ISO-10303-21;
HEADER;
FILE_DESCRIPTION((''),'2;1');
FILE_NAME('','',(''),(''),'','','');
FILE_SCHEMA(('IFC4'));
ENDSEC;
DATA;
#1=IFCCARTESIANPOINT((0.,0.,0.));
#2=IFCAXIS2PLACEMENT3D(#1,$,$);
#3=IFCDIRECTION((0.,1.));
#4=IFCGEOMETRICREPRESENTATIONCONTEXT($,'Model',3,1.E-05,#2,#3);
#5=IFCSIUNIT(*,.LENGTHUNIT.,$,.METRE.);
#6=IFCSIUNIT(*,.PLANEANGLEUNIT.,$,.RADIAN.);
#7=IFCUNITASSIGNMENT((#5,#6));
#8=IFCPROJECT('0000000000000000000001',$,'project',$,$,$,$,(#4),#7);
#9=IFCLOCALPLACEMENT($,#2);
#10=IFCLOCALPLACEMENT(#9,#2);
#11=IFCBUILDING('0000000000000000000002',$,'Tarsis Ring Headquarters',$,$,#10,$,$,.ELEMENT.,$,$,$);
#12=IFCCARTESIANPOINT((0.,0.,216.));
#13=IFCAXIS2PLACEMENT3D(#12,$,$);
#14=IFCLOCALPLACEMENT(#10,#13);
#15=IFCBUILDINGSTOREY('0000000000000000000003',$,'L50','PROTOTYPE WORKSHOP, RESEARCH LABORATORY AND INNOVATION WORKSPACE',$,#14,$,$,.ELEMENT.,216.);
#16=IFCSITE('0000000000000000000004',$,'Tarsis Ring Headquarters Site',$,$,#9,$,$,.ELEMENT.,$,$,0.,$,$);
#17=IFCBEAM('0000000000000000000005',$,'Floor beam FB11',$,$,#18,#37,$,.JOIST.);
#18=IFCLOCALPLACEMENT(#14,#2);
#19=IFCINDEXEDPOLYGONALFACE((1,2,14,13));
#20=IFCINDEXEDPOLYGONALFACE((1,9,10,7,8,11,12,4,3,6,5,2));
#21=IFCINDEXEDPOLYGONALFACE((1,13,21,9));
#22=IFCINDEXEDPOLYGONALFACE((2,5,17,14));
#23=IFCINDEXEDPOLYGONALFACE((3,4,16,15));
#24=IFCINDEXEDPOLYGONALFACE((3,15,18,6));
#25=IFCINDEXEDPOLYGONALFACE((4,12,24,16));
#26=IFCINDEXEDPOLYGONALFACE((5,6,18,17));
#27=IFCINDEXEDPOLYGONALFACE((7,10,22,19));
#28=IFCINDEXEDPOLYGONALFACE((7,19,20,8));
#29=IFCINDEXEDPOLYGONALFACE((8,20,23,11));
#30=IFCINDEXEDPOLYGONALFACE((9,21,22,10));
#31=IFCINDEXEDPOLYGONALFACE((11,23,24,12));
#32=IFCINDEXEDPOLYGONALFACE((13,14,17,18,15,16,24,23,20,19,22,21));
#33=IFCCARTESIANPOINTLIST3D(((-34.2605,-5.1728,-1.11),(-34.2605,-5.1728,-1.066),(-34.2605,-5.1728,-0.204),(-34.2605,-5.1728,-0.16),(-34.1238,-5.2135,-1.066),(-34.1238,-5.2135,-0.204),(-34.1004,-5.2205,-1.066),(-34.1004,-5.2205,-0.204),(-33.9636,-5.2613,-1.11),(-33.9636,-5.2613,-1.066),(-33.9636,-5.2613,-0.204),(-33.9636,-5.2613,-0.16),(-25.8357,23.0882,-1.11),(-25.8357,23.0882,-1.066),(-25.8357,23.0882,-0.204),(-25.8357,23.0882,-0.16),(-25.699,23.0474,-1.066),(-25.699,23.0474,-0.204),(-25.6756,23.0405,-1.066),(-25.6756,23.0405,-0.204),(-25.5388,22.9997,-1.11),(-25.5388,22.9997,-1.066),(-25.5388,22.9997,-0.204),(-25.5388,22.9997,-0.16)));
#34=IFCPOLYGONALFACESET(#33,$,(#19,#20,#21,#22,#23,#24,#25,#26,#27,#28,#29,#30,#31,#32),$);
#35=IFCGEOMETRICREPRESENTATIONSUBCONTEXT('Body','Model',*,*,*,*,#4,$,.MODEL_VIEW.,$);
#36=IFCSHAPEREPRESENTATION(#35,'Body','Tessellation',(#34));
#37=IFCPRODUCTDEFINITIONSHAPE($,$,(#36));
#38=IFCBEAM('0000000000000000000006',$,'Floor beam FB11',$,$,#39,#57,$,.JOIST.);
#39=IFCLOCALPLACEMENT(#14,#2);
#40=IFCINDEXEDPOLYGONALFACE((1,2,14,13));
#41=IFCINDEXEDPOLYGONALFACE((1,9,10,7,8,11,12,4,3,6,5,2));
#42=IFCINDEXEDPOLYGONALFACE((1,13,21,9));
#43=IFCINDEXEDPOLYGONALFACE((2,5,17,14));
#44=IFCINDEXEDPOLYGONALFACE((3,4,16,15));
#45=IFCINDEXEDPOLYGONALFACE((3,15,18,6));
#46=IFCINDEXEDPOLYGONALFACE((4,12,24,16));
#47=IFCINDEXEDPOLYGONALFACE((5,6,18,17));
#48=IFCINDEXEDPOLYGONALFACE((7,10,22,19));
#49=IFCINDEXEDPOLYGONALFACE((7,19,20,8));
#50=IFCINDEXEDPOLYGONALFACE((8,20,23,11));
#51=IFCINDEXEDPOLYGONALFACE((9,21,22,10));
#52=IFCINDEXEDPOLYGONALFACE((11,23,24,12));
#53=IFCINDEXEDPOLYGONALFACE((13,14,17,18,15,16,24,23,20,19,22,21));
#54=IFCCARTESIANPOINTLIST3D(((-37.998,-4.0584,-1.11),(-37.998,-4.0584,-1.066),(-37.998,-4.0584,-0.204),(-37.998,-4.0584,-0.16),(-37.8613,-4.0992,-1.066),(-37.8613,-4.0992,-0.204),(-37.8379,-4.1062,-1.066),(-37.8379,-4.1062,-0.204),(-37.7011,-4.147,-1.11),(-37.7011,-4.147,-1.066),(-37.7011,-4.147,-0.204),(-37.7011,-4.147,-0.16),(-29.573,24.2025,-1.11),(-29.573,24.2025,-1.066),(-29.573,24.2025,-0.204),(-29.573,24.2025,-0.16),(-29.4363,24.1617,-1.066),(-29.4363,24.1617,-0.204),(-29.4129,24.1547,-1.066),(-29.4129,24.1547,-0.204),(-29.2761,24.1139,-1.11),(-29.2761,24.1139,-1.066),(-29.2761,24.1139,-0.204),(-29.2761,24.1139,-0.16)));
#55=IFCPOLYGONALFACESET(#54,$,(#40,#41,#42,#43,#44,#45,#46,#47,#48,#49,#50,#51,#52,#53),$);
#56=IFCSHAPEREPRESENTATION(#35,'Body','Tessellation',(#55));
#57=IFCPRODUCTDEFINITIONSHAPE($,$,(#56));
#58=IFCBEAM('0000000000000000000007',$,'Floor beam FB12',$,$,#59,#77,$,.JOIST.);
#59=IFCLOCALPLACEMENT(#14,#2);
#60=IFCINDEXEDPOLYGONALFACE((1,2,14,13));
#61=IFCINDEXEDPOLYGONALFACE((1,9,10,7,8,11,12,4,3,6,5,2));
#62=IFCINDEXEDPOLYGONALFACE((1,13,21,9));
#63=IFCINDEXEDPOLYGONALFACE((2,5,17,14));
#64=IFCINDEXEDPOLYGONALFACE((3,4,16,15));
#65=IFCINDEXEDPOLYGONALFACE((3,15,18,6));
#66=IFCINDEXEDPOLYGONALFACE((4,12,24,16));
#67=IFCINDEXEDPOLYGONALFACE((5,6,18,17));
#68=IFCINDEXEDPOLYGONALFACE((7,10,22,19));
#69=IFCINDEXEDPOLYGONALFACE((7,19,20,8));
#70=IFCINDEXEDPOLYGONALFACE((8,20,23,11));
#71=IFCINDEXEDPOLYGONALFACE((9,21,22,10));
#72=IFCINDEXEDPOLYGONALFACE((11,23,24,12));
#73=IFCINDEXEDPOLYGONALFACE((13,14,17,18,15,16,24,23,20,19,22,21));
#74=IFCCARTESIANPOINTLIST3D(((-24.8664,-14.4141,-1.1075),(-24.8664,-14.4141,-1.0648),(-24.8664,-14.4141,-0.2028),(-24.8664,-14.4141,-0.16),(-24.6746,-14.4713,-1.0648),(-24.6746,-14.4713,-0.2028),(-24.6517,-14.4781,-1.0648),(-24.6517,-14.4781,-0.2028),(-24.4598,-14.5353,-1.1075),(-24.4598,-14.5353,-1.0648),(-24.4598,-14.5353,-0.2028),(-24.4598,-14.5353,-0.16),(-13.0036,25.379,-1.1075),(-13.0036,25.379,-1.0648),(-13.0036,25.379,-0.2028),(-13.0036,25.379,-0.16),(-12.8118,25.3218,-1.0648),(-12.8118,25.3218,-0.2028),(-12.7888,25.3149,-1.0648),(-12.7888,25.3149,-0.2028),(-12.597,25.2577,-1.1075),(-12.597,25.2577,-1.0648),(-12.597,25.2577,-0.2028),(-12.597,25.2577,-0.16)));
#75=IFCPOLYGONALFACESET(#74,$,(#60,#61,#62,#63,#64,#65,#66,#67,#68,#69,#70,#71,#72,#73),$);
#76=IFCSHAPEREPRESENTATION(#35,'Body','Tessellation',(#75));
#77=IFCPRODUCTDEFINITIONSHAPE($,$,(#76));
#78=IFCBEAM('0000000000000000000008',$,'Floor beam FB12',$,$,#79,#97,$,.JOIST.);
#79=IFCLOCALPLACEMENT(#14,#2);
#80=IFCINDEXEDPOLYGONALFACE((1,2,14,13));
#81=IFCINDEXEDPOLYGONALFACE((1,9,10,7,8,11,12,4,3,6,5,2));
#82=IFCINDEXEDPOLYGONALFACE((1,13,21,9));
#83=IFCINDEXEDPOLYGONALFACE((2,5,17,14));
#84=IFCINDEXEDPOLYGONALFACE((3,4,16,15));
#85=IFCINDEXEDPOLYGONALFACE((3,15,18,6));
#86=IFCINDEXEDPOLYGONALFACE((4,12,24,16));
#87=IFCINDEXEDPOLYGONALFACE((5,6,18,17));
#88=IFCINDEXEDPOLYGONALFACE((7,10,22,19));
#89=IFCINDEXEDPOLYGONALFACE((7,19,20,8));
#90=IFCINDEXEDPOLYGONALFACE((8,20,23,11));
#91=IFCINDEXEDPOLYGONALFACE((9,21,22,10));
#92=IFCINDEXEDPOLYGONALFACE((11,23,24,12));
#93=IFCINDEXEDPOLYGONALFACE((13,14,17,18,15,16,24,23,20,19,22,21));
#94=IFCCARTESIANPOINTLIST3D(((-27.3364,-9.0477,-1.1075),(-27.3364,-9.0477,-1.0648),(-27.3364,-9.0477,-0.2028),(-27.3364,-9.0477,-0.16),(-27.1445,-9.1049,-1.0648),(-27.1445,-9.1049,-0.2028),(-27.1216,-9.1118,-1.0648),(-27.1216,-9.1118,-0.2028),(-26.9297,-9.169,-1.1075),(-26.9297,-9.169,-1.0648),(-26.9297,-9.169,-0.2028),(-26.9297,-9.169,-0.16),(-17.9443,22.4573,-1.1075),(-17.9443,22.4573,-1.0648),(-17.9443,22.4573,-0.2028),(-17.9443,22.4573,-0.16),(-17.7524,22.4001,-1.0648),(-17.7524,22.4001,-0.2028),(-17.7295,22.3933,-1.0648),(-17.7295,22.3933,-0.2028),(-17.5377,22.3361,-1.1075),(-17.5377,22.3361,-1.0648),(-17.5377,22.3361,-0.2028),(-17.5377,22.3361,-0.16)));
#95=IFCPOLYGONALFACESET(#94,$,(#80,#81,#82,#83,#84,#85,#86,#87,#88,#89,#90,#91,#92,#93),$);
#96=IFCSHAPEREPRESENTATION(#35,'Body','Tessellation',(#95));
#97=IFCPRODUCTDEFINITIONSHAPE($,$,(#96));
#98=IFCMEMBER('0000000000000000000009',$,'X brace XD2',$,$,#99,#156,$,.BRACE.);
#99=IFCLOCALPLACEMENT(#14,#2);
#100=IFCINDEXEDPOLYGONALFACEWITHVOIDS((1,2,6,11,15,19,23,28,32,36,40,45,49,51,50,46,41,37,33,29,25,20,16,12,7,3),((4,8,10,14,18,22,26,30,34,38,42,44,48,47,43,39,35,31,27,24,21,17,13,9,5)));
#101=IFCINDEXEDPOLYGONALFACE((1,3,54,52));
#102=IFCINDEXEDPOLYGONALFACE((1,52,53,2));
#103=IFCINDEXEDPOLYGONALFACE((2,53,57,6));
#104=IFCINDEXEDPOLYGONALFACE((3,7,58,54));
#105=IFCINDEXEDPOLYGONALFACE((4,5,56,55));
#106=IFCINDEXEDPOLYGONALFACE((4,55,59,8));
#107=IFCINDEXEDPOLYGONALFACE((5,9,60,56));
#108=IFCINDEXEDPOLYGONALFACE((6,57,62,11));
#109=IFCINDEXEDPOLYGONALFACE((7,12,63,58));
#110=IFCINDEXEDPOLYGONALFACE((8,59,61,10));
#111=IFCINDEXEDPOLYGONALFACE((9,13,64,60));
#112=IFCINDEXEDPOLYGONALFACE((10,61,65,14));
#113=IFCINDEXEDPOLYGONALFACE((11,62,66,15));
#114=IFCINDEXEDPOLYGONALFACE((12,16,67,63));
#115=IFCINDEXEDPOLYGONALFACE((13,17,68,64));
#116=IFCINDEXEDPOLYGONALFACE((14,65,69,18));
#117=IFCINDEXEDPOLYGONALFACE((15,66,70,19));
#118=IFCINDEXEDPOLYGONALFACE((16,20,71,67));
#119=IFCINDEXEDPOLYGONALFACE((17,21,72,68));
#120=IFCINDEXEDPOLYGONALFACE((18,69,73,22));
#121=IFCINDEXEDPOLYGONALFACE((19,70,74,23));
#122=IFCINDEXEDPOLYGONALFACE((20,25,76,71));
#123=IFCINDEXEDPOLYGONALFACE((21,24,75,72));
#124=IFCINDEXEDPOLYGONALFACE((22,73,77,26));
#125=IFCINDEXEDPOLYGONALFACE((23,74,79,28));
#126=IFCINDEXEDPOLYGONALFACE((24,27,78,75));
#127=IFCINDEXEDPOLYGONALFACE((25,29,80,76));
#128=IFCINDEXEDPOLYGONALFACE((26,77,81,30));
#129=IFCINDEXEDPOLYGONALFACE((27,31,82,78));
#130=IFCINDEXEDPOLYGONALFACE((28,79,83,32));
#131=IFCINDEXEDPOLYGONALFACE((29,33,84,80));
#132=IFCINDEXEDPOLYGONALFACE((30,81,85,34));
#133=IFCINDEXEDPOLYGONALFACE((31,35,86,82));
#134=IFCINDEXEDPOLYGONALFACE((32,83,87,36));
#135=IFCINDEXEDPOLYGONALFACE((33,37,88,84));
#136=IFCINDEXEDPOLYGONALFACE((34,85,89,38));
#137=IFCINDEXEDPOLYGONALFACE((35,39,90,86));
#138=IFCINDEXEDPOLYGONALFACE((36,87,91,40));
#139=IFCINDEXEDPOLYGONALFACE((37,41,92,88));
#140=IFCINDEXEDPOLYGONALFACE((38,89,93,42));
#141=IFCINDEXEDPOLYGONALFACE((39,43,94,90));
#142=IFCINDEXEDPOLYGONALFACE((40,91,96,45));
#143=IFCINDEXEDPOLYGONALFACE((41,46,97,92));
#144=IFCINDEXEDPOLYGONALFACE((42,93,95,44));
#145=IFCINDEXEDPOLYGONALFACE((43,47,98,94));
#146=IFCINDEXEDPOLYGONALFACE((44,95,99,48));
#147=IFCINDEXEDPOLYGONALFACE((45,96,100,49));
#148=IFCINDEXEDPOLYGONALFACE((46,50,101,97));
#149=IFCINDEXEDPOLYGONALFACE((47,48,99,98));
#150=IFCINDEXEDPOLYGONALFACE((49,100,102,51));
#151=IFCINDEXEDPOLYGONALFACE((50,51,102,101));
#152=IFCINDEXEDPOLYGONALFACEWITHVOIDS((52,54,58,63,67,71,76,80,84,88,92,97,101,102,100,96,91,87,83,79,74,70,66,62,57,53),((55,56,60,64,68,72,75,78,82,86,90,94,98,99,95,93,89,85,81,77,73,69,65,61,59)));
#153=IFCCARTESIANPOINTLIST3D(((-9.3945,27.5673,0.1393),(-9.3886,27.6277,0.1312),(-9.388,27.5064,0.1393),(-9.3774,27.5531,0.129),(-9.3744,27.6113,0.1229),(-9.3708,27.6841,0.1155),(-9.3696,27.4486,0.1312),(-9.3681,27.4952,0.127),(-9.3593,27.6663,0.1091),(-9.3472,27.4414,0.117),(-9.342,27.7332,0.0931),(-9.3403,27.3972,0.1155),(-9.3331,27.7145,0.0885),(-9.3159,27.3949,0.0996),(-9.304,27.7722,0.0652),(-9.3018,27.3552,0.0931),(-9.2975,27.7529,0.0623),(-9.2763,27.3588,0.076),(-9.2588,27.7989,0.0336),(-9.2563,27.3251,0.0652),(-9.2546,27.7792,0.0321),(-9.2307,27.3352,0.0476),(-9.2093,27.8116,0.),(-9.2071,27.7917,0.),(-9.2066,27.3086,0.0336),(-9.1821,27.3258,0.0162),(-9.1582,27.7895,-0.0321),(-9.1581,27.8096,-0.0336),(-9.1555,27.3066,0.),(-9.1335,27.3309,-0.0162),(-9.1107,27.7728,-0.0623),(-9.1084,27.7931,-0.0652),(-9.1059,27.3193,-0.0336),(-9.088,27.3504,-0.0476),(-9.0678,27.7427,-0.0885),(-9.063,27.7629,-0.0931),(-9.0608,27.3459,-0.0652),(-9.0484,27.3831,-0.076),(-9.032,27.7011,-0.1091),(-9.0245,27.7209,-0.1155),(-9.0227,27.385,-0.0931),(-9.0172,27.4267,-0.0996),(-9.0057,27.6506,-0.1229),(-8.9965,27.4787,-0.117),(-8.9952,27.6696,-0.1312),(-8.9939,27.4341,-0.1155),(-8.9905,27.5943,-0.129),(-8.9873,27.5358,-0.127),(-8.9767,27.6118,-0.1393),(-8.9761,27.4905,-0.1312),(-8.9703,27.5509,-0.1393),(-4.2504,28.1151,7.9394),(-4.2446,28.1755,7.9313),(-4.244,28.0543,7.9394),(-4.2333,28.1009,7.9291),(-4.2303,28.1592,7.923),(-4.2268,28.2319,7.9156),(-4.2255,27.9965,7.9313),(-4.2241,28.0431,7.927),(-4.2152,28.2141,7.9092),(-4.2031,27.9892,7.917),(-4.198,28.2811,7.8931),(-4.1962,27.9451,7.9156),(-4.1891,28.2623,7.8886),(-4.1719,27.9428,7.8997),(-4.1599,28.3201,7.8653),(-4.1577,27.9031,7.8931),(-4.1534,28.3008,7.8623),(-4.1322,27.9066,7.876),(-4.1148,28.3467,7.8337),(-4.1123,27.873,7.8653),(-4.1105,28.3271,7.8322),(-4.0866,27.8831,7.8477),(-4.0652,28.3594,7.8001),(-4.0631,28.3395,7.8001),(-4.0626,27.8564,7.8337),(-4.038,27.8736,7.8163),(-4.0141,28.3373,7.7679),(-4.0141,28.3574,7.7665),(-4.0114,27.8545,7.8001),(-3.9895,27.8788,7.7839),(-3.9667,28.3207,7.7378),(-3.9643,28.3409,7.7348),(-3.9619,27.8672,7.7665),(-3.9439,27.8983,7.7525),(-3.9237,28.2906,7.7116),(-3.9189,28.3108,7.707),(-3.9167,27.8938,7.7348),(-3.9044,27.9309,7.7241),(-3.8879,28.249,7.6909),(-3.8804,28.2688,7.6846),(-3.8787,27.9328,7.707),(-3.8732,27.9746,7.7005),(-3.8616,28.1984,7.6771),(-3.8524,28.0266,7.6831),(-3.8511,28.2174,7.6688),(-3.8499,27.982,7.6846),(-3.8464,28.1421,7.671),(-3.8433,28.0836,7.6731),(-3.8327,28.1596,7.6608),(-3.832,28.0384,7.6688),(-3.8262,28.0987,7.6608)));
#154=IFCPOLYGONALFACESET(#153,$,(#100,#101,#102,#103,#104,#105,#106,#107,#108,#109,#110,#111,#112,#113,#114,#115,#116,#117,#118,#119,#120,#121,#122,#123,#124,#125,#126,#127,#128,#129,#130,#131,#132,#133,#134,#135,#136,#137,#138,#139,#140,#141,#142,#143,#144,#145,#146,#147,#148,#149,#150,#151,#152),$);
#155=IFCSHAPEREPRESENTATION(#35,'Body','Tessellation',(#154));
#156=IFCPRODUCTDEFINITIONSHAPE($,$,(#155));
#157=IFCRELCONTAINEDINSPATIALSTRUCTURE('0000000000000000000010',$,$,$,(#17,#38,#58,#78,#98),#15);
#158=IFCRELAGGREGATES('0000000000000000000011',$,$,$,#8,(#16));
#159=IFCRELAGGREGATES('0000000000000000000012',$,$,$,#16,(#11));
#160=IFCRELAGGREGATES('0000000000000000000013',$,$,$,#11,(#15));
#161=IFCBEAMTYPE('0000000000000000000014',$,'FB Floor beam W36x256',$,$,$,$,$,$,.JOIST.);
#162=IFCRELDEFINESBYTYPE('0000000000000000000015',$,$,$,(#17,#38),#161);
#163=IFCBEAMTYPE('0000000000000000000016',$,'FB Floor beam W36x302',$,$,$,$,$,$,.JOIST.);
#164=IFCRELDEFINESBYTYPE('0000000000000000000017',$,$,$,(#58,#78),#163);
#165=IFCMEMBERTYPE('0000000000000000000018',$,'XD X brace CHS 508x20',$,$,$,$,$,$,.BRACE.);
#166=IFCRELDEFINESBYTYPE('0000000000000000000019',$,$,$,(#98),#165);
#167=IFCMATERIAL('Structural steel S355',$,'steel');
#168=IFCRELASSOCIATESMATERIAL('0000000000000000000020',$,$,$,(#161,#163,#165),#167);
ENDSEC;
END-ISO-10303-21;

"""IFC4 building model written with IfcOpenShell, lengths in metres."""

from ifc_helpers import new_model, si_unit, direction, frame, origin, origin_2d, place, context, subcontext, project, spatial, hollow_circle, i_section, extrude, material, material_profile, profile_set, type_object, element, save


model = new_model("IFC4")

# Units and contexts
model_context = context("Model", 3, precision=1e-05, world=origin(), true_north=direction((0.0, 1.0)))
body_context = subcontext(model_context, "Body", "Model", "MODEL_VIEW")
ifc_project = project(units=[si_unit("LENGTHUNIT", "METRE"), si_unit("PLANEANGLEUNIT", "RADIAN")], contexts=[model_context])

# Site, building, storey
site_placement = place(None, origin())
site = spatial("IfcSite", under=ifc_project, at=site_placement, Name="Tarsis Ring Headquarters Site", CompositionType="ELEMENT", RefElevation=0.0)
building_placement = place(site_placement, origin())
building = spatial("IfcBuilding", under=site, at=building_placement, Name="Tarsis Ring Headquarters", CompositionType="ELEMENT")
storey_placement = place(building_placement, frame((0.0, 0.0, 216.0)))
storey = spatial("IfcBuildingStorey", under=building, at=storey_placement, Name="L50", Description="PROTOTYPE WORKSHOP, RESEARCH LABORATORY AND INNOVATION WORKSPACE", CompositionType="ELEMENT", Elevation=216.0)

# Shared definitions
ifc_material_1 = material(Name="Structural steel S355", Category="steel")

# Beams
ifc_material_profile_1 = material_profile(ifc_material_1, i_section(OverallWidth=0.3098, OverallDepth=0.95, WebThickness=0.0244, FlangeThickness=0.0439, at=origin_2d()), Name="W36x256")
ifc_profile_set_1 = profile_set([ifc_material_profile_1], Name="Structural steel S355")
beam_type_1 = type_object("IfcBeamType", Name="FB Floor beam W36x256", PredefinedType="JOIST", material=ifc_profile_set_1)
for number, where, z_axis, x_axis, name in (
    (1, (-25.6873, 23.0439, -0.635), (-0.285683, -0.958324, 0.0), (0.958324, -0.285683, 0.0), "Floor beam FB11"),
    (2, (-29.4246, 24.1582, -0.635), (-0.285691, -0.958322, 0.0), (0.958322, -0.285691, 0.0), "Floor beam FB11"),
):
    element("IfcBeam", number, at=place(storey_placement, frame(where, z_axis=z_axis, x_axis=x_axis)), inside=storey, type_object=beam_type_1, Name=name, PredefinedType="JOIST", context=body_context, shape_type="SweptSolid", body=[
        extrude(i_section(OverallWidth=0.3098, OverallDepth=0.95, WebThickness=0.0244, FlangeThickness=0.0439, at=origin_2d()), origin(), (0.0, 0.0, 1.0), 29.49),
    ])
ifc_material_profile_2 = material_profile(ifc_material_1, i_section(OverallWidth=0.4243, OverallDepth=0.9475, WebThickness=0.0239, FlangeThickness=0.0427, at=origin_2d()), Name="W36x302")
ifc_profile_set_2 = profile_set([ifc_material_profile_2], Name="Structural steel S355")
beam_type_2 = type_object("IfcBeamType", Name="FB Floor beam W36x302", PredefinedType="JOIST", material=ifc_profile_set_2)
beam_1_placement = place(storey_placement, frame((-12.8003, 25.3184, -0.6338), z_axis=(-0.285688, -0.958323, 0.0), x_axis=(0.958323, -0.285688, 0.0)))
element("IfcBeam", 3, at=beam_1_placement, inside=storey, type_object=beam_type_2, Name="Floor beam FB12", PredefinedType="JOIST", context=body_context, shape_type="SweptSolid", body=[
    extrude(i_section(OverallWidth=0.4243, OverallDepth=0.9475, WebThickness=0.0239, FlangeThickness=0.0427, at=origin_2d()), origin(), (0.0, 0.0, 1.0), 41.5237),
])
beam_2_placement = place(storey_placement, frame((-17.741, 22.3967, -0.6338), z_axis=(-0.285688, -0.958323, 0.0), x_axis=(0.958323, -0.285688, 0.0)))
element("IfcBeam", 4, at=beam_2_placement, inside=storey, type_object=beam_type_2, Name="Floor beam FB12", PredefinedType="JOIST", context=body_context, shape_type="SweptSolid", body=[
    extrude(i_section(OverallWidth=0.4243, OverallDepth=0.9475, WebThickness=0.0239, FlangeThickness=0.0427, at=origin_2d()), origin(), (0.0, 0.0, 1.0), 32.8752),
])

# Member
ifc_material_profile_3 = material_profile(ifc_material_1, hollow_circle(Radius=0.2539, WallThickness=0.02, at=origin_2d()), Name="CHS 508x20")
ifc_profile_set_3 = profile_set([ifc_material_profile_3], Name="Structural steel S355")
member_type = type_object("IfcMemberType", Name="XD X brace CHS 508x20", PredefinedType="BRACE", material=ifc_profile_set_3)
member_1_placement = place(storey_placement, frame((-9.1824, 27.5591, 0.0), z_axis=(0.549601, 0.058534, 0.833374), x_axis=(-0.105903, 0.994376, 0.0)))
element("IfcMember", 5, at=member_1_placement, inside=storey, type_object=member_type, Name="X brace XD2", PredefinedType="BRACE", context=body_context, shape_type="SweptSolid", body=[
    extrude(hollow_circle(Radius=0.2539, WallThickness=0.02, at=origin_2d()), origin(), (0.0, 0.0, 1.0), 9.3596),
])

save(model, "model.ifc")
